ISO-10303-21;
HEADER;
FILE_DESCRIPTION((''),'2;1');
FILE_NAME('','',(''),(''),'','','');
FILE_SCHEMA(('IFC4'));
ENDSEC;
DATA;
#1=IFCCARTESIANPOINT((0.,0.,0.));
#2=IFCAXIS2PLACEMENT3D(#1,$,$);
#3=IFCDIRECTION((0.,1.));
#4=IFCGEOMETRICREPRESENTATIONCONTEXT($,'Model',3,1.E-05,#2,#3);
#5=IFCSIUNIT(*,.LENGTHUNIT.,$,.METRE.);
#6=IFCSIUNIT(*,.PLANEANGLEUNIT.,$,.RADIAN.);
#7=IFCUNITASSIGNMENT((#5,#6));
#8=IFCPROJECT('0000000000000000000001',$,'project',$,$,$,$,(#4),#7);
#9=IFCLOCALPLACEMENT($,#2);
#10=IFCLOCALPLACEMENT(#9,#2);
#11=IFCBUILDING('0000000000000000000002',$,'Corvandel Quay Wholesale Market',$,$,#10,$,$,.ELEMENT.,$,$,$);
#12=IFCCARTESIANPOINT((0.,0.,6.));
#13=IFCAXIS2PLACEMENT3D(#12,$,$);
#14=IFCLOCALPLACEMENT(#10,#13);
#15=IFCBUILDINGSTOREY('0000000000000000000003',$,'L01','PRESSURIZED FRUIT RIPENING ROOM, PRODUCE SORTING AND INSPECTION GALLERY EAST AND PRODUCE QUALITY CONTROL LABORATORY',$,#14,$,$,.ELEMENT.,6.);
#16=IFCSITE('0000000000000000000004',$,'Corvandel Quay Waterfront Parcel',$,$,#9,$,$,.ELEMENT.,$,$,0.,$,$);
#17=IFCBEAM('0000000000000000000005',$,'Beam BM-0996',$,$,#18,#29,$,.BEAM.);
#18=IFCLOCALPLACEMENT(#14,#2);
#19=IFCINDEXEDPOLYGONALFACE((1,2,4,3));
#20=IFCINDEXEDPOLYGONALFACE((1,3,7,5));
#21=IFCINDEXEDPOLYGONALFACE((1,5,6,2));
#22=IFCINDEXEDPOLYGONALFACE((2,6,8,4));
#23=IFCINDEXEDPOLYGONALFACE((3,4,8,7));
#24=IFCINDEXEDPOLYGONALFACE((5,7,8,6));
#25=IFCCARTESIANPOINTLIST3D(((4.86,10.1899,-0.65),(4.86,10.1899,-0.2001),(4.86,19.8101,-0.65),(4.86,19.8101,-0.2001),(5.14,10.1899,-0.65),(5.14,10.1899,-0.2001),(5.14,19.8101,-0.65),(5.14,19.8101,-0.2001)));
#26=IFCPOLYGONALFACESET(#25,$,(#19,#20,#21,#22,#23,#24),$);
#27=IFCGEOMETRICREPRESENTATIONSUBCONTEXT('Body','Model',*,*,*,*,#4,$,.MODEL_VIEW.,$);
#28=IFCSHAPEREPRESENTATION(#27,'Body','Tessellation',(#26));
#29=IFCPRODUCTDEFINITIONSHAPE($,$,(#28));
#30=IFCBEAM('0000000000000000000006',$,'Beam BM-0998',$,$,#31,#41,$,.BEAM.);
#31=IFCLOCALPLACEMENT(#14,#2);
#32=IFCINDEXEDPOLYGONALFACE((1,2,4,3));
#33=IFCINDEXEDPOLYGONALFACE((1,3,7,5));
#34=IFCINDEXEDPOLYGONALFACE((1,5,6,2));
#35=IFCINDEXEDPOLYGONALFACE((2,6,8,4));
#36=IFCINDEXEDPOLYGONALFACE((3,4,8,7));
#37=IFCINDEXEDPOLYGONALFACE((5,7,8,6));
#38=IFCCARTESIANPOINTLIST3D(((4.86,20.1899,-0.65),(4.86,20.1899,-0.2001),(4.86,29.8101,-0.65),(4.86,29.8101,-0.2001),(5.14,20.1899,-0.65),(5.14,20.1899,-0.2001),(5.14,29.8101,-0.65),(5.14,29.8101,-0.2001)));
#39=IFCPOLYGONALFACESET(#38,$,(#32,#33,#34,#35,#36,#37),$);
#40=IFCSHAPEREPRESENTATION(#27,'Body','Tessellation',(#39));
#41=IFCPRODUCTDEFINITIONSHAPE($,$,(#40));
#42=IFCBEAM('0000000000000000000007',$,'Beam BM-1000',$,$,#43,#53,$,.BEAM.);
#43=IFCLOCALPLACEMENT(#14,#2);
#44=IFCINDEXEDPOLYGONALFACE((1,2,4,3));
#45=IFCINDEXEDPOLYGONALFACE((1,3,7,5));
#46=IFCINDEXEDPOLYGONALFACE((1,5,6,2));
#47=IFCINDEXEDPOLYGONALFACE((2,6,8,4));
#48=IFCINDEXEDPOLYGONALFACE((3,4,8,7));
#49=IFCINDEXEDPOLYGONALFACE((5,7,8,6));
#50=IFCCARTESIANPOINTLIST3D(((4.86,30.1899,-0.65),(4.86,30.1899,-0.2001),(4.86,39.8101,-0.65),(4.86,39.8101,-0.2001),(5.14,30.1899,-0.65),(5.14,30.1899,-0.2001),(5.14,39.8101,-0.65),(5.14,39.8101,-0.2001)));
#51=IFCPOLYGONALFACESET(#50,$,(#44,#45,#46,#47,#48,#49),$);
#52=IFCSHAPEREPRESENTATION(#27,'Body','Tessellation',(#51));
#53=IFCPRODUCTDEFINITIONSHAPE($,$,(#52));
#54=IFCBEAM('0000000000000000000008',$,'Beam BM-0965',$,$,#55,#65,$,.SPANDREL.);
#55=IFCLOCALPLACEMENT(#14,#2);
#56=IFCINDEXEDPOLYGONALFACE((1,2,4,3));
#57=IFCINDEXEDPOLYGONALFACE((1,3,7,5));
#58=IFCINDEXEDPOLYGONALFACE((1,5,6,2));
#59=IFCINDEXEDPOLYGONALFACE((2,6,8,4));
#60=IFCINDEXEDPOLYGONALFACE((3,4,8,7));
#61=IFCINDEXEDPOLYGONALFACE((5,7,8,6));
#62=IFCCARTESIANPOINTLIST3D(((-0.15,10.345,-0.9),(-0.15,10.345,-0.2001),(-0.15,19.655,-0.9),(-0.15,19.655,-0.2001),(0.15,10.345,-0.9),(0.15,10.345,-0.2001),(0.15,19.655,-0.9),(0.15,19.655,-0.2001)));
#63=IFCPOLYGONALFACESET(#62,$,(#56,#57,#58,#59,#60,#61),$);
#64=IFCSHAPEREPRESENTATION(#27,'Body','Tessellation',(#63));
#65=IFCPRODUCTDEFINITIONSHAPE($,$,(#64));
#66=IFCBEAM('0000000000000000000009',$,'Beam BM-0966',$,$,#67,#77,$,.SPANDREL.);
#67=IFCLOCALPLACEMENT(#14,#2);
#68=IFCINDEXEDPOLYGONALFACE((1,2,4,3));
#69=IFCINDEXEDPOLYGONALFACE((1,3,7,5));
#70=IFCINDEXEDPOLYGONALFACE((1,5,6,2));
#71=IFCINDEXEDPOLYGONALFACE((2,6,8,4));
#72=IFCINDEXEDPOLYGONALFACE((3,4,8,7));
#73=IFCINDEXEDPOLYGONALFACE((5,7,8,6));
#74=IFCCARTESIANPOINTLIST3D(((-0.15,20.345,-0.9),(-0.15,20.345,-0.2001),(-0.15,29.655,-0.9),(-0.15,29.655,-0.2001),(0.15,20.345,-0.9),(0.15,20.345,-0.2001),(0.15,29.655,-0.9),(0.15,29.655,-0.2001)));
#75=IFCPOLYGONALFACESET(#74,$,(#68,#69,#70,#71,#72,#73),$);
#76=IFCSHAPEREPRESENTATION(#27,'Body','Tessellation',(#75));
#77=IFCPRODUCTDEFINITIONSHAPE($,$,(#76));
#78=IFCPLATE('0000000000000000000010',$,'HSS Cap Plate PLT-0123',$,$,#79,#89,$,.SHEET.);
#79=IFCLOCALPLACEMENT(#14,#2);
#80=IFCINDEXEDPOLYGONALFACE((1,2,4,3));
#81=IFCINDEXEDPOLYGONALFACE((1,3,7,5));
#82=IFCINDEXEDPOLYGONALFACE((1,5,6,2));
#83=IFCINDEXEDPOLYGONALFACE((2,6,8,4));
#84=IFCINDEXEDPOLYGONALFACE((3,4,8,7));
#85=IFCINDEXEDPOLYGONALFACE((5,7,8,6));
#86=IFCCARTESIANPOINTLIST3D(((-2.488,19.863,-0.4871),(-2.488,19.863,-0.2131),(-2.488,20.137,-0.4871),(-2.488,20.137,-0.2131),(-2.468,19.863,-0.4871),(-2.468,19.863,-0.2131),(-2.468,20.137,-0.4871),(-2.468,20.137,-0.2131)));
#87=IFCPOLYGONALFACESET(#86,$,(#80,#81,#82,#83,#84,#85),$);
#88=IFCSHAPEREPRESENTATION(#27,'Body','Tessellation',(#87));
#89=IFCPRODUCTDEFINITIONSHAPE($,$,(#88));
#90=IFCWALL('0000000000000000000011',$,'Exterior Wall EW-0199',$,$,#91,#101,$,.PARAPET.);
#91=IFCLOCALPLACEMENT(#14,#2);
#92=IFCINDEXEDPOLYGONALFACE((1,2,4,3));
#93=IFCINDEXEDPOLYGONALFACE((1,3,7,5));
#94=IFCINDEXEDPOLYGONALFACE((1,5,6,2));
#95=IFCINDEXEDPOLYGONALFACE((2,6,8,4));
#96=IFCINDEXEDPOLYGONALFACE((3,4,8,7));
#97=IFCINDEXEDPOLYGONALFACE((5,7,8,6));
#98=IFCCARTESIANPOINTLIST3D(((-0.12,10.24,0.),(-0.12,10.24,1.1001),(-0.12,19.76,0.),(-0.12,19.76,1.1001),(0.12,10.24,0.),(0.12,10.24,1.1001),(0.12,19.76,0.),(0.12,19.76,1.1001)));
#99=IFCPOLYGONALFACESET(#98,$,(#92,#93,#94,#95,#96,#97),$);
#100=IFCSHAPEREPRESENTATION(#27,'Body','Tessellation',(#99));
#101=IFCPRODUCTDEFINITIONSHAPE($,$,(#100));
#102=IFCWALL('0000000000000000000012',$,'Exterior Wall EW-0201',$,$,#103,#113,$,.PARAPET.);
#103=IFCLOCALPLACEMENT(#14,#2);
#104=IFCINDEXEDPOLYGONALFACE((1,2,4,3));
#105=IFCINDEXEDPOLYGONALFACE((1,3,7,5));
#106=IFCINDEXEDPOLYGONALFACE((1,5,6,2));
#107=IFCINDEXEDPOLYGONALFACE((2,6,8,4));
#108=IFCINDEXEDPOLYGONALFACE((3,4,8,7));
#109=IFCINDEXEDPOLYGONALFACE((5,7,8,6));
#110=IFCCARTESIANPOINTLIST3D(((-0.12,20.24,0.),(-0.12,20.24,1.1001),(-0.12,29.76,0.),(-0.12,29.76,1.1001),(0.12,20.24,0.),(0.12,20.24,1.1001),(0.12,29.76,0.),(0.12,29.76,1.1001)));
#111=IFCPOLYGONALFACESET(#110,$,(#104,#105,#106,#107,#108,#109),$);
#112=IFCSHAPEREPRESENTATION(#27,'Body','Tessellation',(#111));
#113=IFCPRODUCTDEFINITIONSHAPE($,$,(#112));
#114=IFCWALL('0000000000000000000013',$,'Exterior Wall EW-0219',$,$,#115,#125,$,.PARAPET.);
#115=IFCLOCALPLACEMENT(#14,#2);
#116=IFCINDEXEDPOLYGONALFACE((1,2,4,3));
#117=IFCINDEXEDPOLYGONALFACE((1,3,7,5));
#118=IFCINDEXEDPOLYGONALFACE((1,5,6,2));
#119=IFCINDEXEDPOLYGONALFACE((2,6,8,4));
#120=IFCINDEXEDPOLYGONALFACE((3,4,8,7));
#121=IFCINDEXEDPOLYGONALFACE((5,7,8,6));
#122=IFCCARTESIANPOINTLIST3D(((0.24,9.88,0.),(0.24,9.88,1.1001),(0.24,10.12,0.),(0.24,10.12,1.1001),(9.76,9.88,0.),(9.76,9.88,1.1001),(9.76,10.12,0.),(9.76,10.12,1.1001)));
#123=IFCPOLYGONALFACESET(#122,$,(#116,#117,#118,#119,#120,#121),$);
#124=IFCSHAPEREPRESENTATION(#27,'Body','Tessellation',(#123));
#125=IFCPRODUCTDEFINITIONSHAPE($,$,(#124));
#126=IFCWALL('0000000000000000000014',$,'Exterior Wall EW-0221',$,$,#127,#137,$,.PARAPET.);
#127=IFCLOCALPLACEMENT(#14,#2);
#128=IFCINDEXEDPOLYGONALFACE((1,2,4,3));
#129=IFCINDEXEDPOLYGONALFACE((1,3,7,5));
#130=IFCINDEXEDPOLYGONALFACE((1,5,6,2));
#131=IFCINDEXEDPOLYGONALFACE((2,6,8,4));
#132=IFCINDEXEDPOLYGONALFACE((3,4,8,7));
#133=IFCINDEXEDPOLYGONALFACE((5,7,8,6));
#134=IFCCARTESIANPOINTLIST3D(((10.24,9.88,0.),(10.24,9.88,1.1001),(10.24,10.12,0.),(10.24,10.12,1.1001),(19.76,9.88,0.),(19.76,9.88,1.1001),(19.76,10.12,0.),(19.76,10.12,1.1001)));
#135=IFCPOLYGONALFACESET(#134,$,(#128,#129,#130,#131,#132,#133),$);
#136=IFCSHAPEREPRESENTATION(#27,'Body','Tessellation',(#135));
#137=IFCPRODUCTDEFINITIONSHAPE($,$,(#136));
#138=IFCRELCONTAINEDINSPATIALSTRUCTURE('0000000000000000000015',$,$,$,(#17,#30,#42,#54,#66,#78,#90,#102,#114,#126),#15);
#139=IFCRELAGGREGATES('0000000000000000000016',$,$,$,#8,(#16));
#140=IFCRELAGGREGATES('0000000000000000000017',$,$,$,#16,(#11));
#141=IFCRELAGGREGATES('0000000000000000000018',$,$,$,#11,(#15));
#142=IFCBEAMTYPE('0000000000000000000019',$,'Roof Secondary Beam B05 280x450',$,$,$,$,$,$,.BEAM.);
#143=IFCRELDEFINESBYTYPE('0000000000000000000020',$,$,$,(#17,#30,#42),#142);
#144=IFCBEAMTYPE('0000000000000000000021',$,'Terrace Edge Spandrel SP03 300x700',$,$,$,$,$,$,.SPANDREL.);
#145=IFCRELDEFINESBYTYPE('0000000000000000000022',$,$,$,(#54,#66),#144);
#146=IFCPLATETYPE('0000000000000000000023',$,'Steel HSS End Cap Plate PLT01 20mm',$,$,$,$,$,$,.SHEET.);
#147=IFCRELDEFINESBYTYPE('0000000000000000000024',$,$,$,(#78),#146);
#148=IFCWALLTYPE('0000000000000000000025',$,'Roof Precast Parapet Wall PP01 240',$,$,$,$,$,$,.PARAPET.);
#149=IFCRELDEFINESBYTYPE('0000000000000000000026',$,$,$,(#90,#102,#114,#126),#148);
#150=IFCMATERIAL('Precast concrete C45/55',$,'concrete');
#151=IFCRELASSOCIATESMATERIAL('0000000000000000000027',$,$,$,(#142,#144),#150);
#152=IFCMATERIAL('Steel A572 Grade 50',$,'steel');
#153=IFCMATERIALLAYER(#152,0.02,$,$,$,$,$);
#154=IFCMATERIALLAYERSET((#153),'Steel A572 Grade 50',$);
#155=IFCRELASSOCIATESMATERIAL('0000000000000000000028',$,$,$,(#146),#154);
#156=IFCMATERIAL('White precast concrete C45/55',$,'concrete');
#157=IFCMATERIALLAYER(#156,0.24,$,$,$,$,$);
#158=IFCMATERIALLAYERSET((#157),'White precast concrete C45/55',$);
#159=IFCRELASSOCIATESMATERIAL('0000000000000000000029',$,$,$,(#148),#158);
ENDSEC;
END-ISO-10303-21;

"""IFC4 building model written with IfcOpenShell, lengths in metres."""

from ifc_helpers import new_model, si_unit, direction, frame, frame_2d, origin, origin_2d, place, context, subcontext, project, spatial, rectangle, extrude, material, layer, layer_set, material_profile, profile_set, type_object, element, save


model = new_model("IFC4")

# Units and contexts
model_context = context("Model", 3, precision=1e-05, world=origin(), true_north=direction((0.0, 1.0)))
body_context = subcontext(model_context, "Body", "Model", "MODEL_VIEW")
ifc_project = project(units=[si_unit("LENGTHUNIT", "METRE"), si_unit("PLANEANGLEUNIT", "RADIAN")], contexts=[model_context])

# Site, building, storey
site_placement = place(None, origin())
site = spatial("IfcSite", under=ifc_project, at=site_placement, Name="Corvandel Quay Waterfront Parcel", CompositionType="ELEMENT", RefElevation=0.0)
building_placement = place(site_placement, origin())
building = spatial("IfcBuilding", under=site, at=building_placement, Name="Corvandel Quay Wholesale Market", CompositionType="ELEMENT")
storey_placement = place(building_placement, frame((0.0, 0.0, 6.0)))
storey = spatial("IfcBuildingStorey", under=building, at=storey_placement, Name="L01", Description="PRESSURIZED FRUIT RIPENING ROOM, PRODUCE SORTING AND INSPECTION GALLERY EAST AND PRODUCE QUALITY CONTROL LABORATORY", CompositionType="ELEMENT", Elevation=6.0)

# Beams
ifc_material_1 = material(Name="Precast concrete C45/55", Category="concrete")
ifc_material_profile_1 = material_profile(ifc_material_1, rectangle(XDim=0.28, YDim=0.45, at=origin_2d()), Name="PC-BM-280x450")
ifc_profile_set_1 = profile_set([ifc_material_profile_1], Name="Precast concrete C45/55")
beam_type_1 = type_object("IfcBeamType", Name="Roof Secondary Beam B05 280x450", PredefinedType="BEAM", material=ifc_profile_set_1)
for number, where, z_axis, x_axis, name in (
    (1, (5.0, 10.1899, -0.425), (0.0, 1.0, 0.0), (-1.0, 0.0, 0.0), "Beam BM-0996"),
    (2, (5.0, 20.1899, -0.425), (0.0, 1.0, 0.0), (-1.0, 0.0, 0.0), "Beam BM-0998"),
    (3, (5.0, 30.1899, -0.425), (0.0, 1.0, 0.0), (-1.0, 0.0, 0.0), "Beam BM-1000"),
):
    element("IfcBeam", number, at=place(storey_placement, frame(where, z_axis=z_axis, x_axis=x_axis)), inside=storey, type_object=beam_type_1, Name=name, PredefinedType="BEAM", context=body_context, shape_type="SweptSolid", body=[
        extrude(rectangle(XDim=0.28, YDim=0.45, at=origin_2d()), origin(), (0.0, 0.0, 1.0), 9.6201),
    ])
ifc_material_profile_2 = material_profile(ifc_material_1, rectangle(XDim=0.3, YDim=0.7, at=origin_2d()), Name="PC-SPN-300x700")
ifc_profile_set_2 = profile_set([ifc_material_profile_2], Name="Precast concrete C45/55")
beam_type_2 = type_object("IfcBeamType", Name="Terrace Edge Spandrel SP03 300x700", PredefinedType="SPANDREL", material=ifc_profile_set_2)
for number, where, z_axis, x_axis, name in (
    (4, (0.0, 10.345, -0.55), (0.0, 1.0, 0.0), (-1.0, 0.0, 0.0), "Beam BM-0965"),
    (5, (0.0, 20.345, -0.55), (0.0, 1.0, 0.0), (-1.0, 0.0, 0.0), "Beam BM-0966"),
):
    element("IfcBeam", number, at=place(storey_placement, frame(where, z_axis=z_axis, x_axis=x_axis)), inside=storey, type_object=beam_type_2, Name=name, PredefinedType="SPANDREL", context=body_context, shape_type="SweptSolid", body=[
        extrude(rectangle(XDim=0.3, YDim=0.7, at=origin_2d()), origin(), (0.0, 0.0, 1.0), 9.3101),
    ])

# Plate
ifc_material_2 = material(Name="Steel A572 Grade 50", Category="steel")
ifc_layer_1 = layer(ifc_material_2, 0.02)
ifc_layer_set_1 = layer_set([ifc_layer_1], Name="Steel A572 Grade 50")
plate_type = type_object("IfcPlateType", Name="Steel HSS End Cap Plate PLT01 20mm", PredefinedType="SHEET", material=ifc_layer_set_1)
plate_placement = place(storey_placement, frame((-2.478, 20.0, -0.4871), z_axis=(0.0, 0.0, 1.0), x_axis=(0.0, 1.0, 0.0)))
element("IfcPlate", 6, at=plate_placement, inside=storey, type_object=plate_type, Name="HSS Cap Plate PLT-0123", PredefinedType="SHEET", context=body_context, shape_type="SweptSolid", body=[
    extrude(rectangle(XDim=0.2739, YDim=0.02, at=origin_2d()), origin(), (0.0, 0.0, 1.0), 0.2739),
])

# Walls
ifc_material_3 = material(Name="White precast concrete C45/55", Category="concrete")
ifc_layer_2 = layer(ifc_material_3, 0.24)
ifc_layer_set_2 = layer_set([ifc_layer_2], Name="White precast concrete C45/55")
wall_type = type_object("IfcWallType", Name="Roof Precast Parapet Wall PP01 240", PredefinedType="PARAPET", material=ifc_layer_set_2)
for number, where, z_axis, x_axis, name in (
    (7, (0.0, 10.24, 0.0), (0.0, 0.0, 1.0), (0.0, 1.0, 0.0), "Exterior Wall EW-0199"),
    (8, (0.0, 20.24, 0.0), (0.0, 0.0, 1.0), (0.0, 1.0, 0.0), "Exterior Wall EW-0201"),
    (9, (0.24, 10.0, 0.0), (0.0, 0.0, 1.0), (1.0, 0.0, 0.0), "Exterior Wall EW-0219"),
    (10, (10.24, 10.0, 0.0), (0.0, 0.0, 1.0), (1.0, 0.0, 0.0), "Exterior Wall EW-0221"),
):
    element("IfcWall", number, at=place(storey_placement, frame(where, z_axis=z_axis, x_axis=x_axis)), inside=storey, type_object=wall_type, Name=name, PredefinedType="PARAPET", context=body_context, shape_type="SweptSolid", body=[
        extrude(rectangle(XDim=9.52, YDim=0.24, at=frame_2d((4.76, 0.0))), origin(), (0.0, 0.0, 1.0), 1.1001),
    ])

save(model, "model.ifc")
